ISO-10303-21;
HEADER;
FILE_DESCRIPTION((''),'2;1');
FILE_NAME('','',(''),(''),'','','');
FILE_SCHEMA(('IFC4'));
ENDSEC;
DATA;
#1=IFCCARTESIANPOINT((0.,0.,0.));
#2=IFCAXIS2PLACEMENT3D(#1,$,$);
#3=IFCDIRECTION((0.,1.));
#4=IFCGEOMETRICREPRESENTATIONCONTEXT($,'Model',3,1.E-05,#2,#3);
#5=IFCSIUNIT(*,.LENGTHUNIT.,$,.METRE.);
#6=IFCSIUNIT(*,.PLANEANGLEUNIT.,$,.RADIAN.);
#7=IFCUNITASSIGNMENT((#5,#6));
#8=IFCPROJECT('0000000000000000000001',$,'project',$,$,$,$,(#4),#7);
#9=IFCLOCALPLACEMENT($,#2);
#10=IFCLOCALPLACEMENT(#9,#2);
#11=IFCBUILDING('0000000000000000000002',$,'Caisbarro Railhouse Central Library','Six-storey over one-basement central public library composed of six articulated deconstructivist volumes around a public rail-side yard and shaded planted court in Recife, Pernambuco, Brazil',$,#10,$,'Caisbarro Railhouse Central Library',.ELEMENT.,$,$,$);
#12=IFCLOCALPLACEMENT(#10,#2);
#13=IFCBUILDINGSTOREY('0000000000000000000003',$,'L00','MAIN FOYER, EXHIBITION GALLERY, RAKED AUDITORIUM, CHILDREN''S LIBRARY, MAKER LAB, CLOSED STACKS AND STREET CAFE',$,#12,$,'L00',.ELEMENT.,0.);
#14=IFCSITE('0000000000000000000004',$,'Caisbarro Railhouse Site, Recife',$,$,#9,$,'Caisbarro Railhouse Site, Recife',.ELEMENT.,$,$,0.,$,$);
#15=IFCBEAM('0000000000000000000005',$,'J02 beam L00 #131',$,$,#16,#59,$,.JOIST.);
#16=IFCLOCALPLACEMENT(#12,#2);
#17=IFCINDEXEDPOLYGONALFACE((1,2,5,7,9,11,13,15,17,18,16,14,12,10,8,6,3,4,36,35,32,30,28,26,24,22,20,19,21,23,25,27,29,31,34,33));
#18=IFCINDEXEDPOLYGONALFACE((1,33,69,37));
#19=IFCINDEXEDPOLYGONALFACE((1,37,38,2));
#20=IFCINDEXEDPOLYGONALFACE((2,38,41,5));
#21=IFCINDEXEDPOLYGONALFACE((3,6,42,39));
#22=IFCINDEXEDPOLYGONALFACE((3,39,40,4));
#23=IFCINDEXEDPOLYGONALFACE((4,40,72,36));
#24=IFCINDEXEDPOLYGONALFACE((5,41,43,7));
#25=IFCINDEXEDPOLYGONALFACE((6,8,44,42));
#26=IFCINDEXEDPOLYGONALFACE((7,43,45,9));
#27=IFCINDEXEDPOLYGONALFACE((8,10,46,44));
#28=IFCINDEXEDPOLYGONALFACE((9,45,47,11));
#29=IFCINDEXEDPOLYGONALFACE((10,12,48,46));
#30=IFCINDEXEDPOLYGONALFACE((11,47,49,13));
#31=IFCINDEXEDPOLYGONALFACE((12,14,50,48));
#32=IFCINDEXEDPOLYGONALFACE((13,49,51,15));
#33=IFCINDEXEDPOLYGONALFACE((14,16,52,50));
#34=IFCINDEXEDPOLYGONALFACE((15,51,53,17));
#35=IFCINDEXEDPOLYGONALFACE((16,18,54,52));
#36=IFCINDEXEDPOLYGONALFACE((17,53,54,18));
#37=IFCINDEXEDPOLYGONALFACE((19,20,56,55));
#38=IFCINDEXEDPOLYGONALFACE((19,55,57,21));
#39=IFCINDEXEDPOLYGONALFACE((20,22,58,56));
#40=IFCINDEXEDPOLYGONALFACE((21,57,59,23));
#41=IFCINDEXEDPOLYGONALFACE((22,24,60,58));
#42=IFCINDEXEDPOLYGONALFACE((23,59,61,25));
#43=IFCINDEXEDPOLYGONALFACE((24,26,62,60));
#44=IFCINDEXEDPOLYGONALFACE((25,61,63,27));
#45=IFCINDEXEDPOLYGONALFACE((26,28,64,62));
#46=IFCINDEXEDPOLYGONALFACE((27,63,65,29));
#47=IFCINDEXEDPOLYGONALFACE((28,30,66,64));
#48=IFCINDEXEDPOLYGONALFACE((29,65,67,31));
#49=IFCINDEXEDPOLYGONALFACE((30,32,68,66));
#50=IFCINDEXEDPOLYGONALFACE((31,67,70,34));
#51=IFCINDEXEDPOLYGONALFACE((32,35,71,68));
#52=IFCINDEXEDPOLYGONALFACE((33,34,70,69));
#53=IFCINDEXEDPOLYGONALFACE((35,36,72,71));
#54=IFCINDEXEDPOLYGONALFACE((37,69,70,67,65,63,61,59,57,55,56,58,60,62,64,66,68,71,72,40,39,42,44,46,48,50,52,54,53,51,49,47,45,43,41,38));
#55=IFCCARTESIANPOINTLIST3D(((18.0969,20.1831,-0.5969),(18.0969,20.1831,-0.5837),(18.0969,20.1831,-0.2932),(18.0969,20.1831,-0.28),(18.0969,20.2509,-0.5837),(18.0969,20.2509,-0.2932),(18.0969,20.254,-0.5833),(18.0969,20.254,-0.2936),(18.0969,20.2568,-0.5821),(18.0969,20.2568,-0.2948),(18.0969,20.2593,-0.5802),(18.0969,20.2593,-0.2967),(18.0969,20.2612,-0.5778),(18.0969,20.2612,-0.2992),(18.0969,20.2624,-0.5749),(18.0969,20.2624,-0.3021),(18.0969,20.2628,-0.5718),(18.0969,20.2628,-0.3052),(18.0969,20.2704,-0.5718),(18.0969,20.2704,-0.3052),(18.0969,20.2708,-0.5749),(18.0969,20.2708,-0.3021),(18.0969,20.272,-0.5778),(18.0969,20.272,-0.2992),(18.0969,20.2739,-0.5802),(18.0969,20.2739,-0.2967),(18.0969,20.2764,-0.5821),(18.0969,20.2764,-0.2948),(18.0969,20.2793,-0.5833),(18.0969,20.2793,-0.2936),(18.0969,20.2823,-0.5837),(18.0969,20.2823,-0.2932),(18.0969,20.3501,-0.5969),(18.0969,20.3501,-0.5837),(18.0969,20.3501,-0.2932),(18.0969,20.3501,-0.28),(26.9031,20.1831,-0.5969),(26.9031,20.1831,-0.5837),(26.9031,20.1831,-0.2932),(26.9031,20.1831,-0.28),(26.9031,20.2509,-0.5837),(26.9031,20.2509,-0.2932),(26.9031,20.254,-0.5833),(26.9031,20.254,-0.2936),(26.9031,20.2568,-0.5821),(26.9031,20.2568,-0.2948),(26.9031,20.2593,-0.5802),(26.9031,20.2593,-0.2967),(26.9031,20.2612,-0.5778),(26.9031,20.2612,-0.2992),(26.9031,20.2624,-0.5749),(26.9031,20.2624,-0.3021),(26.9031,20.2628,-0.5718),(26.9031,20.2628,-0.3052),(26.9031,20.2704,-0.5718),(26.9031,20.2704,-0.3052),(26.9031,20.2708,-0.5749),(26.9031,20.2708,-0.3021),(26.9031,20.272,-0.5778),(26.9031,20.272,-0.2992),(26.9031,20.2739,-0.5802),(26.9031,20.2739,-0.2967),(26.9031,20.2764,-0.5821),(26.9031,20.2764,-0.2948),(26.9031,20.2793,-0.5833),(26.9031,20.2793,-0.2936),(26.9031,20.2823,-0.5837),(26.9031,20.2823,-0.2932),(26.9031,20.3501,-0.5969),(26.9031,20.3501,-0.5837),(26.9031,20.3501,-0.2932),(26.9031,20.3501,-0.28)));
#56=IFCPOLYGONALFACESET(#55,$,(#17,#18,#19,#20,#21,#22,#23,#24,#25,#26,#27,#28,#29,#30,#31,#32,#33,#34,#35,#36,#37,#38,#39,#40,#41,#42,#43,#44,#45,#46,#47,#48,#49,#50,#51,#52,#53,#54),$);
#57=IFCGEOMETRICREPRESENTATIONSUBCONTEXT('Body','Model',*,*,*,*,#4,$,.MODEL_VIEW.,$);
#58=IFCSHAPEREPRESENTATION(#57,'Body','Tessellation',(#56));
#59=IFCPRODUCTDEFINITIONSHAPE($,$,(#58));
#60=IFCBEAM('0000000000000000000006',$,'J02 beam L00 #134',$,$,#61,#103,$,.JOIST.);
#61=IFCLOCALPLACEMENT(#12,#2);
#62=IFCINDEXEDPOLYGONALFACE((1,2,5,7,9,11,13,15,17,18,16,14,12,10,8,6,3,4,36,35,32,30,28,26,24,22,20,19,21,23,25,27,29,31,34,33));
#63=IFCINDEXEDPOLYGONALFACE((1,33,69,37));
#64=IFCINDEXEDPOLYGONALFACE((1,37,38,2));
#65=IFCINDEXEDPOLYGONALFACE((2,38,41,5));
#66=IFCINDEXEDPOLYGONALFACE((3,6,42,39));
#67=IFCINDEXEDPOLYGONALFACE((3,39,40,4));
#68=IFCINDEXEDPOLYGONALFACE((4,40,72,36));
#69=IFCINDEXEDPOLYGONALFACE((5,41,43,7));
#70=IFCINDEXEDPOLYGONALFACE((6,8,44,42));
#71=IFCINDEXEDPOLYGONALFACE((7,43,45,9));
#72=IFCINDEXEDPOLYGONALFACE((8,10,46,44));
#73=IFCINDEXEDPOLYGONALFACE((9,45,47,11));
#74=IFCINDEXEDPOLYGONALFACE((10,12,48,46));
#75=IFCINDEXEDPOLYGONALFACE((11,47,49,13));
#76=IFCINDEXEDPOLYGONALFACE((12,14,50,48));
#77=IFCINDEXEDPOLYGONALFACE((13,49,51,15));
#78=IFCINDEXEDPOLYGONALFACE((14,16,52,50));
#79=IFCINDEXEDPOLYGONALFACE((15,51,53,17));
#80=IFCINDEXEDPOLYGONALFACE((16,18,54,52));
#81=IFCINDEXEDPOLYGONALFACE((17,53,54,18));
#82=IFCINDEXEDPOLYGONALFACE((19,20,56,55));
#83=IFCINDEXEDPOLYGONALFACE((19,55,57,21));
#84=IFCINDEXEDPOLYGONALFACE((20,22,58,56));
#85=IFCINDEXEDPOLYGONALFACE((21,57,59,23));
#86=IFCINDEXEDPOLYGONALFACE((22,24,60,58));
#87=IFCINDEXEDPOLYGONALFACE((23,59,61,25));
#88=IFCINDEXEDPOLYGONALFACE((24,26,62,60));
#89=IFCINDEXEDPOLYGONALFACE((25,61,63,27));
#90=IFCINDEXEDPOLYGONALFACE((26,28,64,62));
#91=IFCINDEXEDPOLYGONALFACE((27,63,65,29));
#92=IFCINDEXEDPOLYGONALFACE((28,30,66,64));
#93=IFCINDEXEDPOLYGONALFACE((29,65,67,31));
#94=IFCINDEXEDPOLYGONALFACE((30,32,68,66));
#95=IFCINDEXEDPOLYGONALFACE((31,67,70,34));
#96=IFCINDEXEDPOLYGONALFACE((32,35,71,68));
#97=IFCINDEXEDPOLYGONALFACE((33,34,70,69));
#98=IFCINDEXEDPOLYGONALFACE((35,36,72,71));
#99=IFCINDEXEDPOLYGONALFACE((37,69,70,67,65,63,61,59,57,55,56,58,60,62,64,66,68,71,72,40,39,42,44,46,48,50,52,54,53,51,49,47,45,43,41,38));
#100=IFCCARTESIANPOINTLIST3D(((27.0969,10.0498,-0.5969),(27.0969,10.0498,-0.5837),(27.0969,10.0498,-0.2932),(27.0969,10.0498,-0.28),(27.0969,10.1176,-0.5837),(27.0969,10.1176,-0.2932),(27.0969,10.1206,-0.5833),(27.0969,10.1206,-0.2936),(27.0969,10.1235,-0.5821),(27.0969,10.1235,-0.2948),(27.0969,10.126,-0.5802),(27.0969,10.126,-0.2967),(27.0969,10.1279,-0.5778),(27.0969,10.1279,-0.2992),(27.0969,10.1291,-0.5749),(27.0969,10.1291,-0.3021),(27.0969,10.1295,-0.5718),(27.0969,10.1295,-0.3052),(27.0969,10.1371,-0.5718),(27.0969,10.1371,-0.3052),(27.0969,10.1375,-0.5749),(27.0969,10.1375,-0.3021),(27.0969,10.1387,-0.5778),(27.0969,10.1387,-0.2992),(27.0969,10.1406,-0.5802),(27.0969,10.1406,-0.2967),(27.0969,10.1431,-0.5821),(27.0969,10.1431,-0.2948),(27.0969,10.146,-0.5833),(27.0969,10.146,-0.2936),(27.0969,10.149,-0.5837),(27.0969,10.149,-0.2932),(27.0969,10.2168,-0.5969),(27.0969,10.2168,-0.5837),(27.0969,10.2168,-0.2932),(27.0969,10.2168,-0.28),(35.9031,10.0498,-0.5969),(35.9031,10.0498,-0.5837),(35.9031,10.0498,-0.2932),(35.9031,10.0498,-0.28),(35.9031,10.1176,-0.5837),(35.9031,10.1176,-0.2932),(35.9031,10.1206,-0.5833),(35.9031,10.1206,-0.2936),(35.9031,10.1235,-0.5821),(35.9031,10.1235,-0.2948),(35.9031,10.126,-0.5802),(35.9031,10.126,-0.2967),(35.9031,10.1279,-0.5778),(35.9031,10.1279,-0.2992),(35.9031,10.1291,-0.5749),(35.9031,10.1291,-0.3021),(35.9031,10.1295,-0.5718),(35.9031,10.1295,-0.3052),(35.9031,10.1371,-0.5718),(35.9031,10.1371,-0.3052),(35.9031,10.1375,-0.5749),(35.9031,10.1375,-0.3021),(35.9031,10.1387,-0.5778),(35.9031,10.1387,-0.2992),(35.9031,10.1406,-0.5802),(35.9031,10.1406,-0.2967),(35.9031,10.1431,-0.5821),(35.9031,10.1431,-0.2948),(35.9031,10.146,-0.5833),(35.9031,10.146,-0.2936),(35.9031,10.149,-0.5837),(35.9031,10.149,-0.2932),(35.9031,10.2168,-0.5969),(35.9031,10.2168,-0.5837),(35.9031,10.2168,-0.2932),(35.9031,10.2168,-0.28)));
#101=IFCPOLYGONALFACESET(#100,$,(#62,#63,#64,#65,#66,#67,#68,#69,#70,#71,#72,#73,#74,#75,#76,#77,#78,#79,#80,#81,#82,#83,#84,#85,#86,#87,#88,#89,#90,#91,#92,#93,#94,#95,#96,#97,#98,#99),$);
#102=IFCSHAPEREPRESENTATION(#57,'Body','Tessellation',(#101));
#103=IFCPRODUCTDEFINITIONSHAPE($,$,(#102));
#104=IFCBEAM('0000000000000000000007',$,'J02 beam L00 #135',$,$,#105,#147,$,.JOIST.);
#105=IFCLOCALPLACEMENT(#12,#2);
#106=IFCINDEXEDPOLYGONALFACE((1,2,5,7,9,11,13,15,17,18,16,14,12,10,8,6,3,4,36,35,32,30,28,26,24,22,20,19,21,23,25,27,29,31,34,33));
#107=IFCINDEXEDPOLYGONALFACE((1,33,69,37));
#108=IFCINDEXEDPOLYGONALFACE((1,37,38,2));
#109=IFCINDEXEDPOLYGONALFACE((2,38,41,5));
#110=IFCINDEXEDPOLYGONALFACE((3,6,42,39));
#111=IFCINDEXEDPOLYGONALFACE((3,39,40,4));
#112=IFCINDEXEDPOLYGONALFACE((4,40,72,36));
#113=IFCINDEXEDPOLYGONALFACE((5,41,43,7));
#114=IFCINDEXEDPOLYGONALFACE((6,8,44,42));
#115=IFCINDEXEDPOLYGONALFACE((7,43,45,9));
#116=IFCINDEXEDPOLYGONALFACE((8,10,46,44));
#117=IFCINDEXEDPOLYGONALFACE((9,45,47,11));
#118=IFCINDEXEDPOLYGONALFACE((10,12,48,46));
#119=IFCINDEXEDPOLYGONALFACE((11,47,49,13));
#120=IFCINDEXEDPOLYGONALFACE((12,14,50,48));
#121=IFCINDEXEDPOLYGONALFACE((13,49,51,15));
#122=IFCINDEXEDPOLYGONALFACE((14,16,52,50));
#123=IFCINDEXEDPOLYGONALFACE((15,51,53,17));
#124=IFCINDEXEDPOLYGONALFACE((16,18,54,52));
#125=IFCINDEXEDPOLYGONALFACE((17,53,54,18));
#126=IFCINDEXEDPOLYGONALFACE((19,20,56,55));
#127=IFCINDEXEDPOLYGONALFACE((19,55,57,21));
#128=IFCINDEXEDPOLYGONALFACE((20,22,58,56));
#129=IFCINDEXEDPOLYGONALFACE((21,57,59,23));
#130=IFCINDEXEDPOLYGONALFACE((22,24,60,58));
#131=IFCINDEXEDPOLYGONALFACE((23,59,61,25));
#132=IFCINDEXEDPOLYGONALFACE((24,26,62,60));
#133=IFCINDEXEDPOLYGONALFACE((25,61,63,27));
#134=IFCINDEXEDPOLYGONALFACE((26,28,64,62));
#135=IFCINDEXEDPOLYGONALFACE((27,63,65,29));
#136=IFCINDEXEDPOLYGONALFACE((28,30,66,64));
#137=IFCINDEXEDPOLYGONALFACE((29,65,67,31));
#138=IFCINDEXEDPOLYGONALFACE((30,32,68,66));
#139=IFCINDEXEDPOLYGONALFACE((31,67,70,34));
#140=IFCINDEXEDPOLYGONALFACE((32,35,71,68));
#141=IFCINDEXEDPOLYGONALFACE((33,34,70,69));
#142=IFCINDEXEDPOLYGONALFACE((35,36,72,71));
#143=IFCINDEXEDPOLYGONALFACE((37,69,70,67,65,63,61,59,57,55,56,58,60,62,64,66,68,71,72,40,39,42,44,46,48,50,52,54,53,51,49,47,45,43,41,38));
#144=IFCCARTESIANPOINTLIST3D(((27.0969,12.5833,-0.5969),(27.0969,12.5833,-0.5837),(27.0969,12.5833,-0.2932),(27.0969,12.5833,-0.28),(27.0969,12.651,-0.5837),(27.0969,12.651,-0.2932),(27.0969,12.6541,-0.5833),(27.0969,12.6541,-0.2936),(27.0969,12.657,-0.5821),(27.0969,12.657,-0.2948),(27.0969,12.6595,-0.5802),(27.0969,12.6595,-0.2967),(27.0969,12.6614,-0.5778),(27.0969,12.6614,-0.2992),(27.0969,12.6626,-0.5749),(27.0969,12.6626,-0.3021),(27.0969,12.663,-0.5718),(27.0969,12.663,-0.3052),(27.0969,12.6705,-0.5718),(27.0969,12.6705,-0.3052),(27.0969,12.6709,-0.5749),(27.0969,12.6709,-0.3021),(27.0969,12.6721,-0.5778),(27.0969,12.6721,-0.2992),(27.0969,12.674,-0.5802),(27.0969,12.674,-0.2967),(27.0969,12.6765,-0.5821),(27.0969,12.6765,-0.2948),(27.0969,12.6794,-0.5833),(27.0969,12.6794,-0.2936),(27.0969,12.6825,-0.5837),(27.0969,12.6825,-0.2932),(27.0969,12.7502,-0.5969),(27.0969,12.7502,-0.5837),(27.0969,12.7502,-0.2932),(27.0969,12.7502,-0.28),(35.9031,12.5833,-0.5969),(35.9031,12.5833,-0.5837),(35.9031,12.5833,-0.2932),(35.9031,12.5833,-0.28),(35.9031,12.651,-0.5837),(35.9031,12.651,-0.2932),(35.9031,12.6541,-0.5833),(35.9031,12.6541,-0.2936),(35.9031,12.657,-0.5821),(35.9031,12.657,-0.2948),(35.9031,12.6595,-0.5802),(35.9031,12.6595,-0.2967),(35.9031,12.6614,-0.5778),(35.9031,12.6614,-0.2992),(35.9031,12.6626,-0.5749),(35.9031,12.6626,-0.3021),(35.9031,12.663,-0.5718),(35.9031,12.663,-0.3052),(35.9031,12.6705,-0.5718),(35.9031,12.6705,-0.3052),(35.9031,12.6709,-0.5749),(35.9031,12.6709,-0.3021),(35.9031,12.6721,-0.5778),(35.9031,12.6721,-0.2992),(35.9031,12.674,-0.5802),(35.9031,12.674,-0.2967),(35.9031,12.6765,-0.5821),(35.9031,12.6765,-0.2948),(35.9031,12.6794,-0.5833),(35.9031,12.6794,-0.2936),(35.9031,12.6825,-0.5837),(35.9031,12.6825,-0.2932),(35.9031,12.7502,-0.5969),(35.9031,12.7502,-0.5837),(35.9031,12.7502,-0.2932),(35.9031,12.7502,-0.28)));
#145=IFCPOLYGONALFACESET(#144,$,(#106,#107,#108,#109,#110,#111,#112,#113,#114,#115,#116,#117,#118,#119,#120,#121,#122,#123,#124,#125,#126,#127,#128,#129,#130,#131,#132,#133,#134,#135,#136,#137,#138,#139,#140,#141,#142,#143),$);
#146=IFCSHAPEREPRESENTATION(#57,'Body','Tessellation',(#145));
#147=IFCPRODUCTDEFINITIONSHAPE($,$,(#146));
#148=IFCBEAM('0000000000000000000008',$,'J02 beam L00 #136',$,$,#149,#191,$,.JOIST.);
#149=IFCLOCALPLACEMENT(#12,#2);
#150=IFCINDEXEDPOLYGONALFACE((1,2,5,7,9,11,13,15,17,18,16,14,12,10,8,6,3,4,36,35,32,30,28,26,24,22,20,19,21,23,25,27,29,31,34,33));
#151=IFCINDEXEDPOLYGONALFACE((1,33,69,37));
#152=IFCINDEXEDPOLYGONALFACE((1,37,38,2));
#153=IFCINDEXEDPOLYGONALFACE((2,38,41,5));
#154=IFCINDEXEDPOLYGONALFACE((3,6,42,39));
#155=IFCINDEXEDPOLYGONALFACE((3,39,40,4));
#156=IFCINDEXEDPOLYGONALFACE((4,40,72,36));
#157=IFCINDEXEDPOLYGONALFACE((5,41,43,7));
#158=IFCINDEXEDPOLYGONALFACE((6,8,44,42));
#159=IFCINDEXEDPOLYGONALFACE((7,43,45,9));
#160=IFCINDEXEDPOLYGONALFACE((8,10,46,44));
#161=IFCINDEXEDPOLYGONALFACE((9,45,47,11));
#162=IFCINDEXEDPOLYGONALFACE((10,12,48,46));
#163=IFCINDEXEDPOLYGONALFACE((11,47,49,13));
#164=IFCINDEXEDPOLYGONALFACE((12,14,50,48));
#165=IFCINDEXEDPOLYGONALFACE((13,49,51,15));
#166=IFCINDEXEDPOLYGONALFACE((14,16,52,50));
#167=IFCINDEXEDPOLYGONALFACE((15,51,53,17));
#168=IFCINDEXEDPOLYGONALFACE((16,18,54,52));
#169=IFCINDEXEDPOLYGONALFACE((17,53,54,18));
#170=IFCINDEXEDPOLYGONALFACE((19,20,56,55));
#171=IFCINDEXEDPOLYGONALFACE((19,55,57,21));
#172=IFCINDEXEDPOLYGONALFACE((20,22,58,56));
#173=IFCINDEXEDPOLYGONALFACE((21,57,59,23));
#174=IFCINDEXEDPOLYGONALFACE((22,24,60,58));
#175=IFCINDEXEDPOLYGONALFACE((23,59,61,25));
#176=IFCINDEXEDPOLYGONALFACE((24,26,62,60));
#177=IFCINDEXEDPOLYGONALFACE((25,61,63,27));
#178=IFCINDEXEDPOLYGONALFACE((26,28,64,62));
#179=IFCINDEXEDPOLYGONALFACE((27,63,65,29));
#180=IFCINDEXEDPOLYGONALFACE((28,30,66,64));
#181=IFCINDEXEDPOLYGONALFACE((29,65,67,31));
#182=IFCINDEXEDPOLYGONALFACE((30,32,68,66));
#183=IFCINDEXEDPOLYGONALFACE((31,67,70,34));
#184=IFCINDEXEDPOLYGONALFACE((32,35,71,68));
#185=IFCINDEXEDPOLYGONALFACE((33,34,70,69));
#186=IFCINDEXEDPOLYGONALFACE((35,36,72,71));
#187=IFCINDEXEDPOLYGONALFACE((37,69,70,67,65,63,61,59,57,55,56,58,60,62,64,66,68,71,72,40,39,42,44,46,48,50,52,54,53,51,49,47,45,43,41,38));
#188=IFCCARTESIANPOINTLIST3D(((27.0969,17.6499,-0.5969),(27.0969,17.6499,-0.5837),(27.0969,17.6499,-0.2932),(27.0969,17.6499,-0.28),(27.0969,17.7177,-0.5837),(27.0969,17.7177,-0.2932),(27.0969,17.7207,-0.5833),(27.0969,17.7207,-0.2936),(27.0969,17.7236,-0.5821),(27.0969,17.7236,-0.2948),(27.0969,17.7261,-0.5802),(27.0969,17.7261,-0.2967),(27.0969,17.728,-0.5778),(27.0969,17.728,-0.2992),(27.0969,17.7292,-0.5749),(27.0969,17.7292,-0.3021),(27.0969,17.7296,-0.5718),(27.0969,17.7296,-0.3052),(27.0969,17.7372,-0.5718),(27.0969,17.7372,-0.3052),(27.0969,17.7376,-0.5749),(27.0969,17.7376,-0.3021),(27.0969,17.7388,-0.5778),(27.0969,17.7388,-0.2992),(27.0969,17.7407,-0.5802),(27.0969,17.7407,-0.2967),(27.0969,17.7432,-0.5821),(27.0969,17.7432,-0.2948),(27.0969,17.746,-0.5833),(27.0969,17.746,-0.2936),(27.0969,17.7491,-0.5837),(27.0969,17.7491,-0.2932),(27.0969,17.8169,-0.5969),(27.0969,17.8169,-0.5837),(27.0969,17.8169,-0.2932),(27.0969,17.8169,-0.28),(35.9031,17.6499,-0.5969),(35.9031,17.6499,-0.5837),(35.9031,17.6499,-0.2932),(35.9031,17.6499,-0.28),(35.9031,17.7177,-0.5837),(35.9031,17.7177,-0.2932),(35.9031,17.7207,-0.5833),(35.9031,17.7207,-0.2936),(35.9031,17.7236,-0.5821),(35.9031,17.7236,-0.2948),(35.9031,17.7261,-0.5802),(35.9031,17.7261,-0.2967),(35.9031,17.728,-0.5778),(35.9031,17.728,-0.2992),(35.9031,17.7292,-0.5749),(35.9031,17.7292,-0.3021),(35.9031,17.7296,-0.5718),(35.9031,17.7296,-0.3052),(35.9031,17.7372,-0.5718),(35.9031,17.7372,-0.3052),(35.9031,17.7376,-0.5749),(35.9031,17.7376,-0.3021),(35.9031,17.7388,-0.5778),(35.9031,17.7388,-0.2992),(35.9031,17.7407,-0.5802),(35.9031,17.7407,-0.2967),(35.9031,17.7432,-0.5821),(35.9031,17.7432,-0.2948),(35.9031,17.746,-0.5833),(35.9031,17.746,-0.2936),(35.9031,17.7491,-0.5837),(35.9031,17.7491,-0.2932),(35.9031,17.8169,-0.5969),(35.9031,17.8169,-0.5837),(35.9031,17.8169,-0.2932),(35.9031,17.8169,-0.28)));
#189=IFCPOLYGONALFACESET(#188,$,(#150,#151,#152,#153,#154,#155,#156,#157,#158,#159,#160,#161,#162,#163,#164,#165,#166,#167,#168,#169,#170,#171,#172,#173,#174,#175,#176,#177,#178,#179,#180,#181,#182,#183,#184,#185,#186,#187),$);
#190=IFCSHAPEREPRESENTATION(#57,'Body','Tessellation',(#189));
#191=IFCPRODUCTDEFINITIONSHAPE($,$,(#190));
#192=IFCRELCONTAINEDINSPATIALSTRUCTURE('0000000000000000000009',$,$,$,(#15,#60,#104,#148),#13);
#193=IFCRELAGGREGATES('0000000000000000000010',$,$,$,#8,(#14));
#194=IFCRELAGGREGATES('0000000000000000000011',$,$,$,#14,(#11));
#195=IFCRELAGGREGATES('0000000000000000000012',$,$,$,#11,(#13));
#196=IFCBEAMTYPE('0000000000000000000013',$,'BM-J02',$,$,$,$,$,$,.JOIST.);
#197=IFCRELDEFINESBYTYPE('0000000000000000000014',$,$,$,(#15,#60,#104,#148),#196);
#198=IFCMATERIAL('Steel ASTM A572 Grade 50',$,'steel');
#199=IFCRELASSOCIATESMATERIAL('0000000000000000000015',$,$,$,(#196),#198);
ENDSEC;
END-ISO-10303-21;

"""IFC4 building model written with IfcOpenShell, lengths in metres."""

from ifc_helpers import new_model, si_unit, direction, frame, origin, origin_2d, place, context, subcontext, project, spatial, i_section, extrude, material, material_profile, profile_set, type_object, element, save


model = new_model("IFC4")

# Units and contexts
model_context = context("Model", 3, precision=1e-05, world=origin(), true_north=direction((0.0, 1.0)))
body_context = subcontext(model_context, "Body", "Model", "MODEL_VIEW")
ifc_project = project(units=[si_unit("LENGTHUNIT", "METRE"), si_unit("PLANEANGLEUNIT", "RADIAN")], contexts=[model_context])

# Site, building, storey
site_placement = place(None, origin())
site = spatial("IfcSite", under=ifc_project, at=site_placement, Name="Caisbarro Railhouse Site, Recife", LongName="Caisbarro Railhouse Site, Recife", CompositionType="ELEMENT", RefElevation=0.0)
building_placement = place(site_placement, origin())
building = spatial("IfcBuilding", under=site, at=building_placement, Name="Caisbarro Railhouse Central Library", Description="Six-storey over one-basement central public library composed of six articulated deconstructivist volumes around a public rail-side yard and shaded planted court in Recife, Pernambuco, Brazil", LongName="Caisbarro Railhouse Central Library", CompositionType="ELEMENT")
storey_placement = place(building_placement, origin())
storey = spatial("IfcBuildingStorey", under=building, at=storey_placement, Name="L00", Description="MAIN FOYER, EXHIBITION GALLERY, RAKED AUDITORIUM, CHILDREN'S LIBRARY, MAKER LAB, CLOSED STACKS AND STREET CAFE", LongName="L00", CompositionType="ELEMENT", Elevation=0.0)

# Shared definitions
ifc_material_1 = material(Name="Steel ASTM A572 Grade 50", Category="steel")

# Beams
ifc_material_profile_1 = material_profile(ifc_material_1, i_section(OverallWidth=0.167, OverallDepth=0.3169, WebThickness=0.0076, FlangeThickness=0.0132, FilletRadius=0.012, at=origin_2d()), Name="W310X52.0")
ifc_profile_set_1 = profile_set([ifc_material_profile_1], Name="Steel ASTM A572 Grade 50")
beam_type_1 = type_object("IfcBeamType", Name="BM-J02", PredefinedType="JOIST", material=ifc_profile_set_1)
for number, where, z_axis, x_axis, name in (
    (1, (18.0969, 20.2666, -0.4385), (1.0, 0.0, 0.0), (0.0, 1.0, 0.0), "J02 beam L00 #131"),
    (2, (27.0969, 10.1333, -0.4385), (1.0, 0.0, 0.0), (0.0, 1.0, 0.0), "J02 beam L00 #134"),
    (3, (27.0969, 12.6667, -0.4385), (1.0, 0.0, 0.0), (0.0, 1.0, 0.0), "J02 beam L00 #135"),
    (4, (27.0969, 17.7334, -0.4385), (1.0, 0.0, 0.0), (0.0, 1.0, 0.0), "J02 beam L00 #136"),
):
    element("IfcBeam", number, at=place(storey_placement, frame(where, z_axis=z_axis, x_axis=x_axis)), inside=storey, type_object=beam_type_1, Name=name, PredefinedType="JOIST", context=body_context, shape_type="SweptSolid", body=[
        extrude(i_section(OverallWidth=0.167, OverallDepth=0.3169, WebThickness=0.0076, FlangeThickness=0.0132, FilletRadius=0.012, at=origin_2d()), origin(), (0.0, 0.0, 1.0), 8.8062),
    ])

save(model, "model.ifc")
